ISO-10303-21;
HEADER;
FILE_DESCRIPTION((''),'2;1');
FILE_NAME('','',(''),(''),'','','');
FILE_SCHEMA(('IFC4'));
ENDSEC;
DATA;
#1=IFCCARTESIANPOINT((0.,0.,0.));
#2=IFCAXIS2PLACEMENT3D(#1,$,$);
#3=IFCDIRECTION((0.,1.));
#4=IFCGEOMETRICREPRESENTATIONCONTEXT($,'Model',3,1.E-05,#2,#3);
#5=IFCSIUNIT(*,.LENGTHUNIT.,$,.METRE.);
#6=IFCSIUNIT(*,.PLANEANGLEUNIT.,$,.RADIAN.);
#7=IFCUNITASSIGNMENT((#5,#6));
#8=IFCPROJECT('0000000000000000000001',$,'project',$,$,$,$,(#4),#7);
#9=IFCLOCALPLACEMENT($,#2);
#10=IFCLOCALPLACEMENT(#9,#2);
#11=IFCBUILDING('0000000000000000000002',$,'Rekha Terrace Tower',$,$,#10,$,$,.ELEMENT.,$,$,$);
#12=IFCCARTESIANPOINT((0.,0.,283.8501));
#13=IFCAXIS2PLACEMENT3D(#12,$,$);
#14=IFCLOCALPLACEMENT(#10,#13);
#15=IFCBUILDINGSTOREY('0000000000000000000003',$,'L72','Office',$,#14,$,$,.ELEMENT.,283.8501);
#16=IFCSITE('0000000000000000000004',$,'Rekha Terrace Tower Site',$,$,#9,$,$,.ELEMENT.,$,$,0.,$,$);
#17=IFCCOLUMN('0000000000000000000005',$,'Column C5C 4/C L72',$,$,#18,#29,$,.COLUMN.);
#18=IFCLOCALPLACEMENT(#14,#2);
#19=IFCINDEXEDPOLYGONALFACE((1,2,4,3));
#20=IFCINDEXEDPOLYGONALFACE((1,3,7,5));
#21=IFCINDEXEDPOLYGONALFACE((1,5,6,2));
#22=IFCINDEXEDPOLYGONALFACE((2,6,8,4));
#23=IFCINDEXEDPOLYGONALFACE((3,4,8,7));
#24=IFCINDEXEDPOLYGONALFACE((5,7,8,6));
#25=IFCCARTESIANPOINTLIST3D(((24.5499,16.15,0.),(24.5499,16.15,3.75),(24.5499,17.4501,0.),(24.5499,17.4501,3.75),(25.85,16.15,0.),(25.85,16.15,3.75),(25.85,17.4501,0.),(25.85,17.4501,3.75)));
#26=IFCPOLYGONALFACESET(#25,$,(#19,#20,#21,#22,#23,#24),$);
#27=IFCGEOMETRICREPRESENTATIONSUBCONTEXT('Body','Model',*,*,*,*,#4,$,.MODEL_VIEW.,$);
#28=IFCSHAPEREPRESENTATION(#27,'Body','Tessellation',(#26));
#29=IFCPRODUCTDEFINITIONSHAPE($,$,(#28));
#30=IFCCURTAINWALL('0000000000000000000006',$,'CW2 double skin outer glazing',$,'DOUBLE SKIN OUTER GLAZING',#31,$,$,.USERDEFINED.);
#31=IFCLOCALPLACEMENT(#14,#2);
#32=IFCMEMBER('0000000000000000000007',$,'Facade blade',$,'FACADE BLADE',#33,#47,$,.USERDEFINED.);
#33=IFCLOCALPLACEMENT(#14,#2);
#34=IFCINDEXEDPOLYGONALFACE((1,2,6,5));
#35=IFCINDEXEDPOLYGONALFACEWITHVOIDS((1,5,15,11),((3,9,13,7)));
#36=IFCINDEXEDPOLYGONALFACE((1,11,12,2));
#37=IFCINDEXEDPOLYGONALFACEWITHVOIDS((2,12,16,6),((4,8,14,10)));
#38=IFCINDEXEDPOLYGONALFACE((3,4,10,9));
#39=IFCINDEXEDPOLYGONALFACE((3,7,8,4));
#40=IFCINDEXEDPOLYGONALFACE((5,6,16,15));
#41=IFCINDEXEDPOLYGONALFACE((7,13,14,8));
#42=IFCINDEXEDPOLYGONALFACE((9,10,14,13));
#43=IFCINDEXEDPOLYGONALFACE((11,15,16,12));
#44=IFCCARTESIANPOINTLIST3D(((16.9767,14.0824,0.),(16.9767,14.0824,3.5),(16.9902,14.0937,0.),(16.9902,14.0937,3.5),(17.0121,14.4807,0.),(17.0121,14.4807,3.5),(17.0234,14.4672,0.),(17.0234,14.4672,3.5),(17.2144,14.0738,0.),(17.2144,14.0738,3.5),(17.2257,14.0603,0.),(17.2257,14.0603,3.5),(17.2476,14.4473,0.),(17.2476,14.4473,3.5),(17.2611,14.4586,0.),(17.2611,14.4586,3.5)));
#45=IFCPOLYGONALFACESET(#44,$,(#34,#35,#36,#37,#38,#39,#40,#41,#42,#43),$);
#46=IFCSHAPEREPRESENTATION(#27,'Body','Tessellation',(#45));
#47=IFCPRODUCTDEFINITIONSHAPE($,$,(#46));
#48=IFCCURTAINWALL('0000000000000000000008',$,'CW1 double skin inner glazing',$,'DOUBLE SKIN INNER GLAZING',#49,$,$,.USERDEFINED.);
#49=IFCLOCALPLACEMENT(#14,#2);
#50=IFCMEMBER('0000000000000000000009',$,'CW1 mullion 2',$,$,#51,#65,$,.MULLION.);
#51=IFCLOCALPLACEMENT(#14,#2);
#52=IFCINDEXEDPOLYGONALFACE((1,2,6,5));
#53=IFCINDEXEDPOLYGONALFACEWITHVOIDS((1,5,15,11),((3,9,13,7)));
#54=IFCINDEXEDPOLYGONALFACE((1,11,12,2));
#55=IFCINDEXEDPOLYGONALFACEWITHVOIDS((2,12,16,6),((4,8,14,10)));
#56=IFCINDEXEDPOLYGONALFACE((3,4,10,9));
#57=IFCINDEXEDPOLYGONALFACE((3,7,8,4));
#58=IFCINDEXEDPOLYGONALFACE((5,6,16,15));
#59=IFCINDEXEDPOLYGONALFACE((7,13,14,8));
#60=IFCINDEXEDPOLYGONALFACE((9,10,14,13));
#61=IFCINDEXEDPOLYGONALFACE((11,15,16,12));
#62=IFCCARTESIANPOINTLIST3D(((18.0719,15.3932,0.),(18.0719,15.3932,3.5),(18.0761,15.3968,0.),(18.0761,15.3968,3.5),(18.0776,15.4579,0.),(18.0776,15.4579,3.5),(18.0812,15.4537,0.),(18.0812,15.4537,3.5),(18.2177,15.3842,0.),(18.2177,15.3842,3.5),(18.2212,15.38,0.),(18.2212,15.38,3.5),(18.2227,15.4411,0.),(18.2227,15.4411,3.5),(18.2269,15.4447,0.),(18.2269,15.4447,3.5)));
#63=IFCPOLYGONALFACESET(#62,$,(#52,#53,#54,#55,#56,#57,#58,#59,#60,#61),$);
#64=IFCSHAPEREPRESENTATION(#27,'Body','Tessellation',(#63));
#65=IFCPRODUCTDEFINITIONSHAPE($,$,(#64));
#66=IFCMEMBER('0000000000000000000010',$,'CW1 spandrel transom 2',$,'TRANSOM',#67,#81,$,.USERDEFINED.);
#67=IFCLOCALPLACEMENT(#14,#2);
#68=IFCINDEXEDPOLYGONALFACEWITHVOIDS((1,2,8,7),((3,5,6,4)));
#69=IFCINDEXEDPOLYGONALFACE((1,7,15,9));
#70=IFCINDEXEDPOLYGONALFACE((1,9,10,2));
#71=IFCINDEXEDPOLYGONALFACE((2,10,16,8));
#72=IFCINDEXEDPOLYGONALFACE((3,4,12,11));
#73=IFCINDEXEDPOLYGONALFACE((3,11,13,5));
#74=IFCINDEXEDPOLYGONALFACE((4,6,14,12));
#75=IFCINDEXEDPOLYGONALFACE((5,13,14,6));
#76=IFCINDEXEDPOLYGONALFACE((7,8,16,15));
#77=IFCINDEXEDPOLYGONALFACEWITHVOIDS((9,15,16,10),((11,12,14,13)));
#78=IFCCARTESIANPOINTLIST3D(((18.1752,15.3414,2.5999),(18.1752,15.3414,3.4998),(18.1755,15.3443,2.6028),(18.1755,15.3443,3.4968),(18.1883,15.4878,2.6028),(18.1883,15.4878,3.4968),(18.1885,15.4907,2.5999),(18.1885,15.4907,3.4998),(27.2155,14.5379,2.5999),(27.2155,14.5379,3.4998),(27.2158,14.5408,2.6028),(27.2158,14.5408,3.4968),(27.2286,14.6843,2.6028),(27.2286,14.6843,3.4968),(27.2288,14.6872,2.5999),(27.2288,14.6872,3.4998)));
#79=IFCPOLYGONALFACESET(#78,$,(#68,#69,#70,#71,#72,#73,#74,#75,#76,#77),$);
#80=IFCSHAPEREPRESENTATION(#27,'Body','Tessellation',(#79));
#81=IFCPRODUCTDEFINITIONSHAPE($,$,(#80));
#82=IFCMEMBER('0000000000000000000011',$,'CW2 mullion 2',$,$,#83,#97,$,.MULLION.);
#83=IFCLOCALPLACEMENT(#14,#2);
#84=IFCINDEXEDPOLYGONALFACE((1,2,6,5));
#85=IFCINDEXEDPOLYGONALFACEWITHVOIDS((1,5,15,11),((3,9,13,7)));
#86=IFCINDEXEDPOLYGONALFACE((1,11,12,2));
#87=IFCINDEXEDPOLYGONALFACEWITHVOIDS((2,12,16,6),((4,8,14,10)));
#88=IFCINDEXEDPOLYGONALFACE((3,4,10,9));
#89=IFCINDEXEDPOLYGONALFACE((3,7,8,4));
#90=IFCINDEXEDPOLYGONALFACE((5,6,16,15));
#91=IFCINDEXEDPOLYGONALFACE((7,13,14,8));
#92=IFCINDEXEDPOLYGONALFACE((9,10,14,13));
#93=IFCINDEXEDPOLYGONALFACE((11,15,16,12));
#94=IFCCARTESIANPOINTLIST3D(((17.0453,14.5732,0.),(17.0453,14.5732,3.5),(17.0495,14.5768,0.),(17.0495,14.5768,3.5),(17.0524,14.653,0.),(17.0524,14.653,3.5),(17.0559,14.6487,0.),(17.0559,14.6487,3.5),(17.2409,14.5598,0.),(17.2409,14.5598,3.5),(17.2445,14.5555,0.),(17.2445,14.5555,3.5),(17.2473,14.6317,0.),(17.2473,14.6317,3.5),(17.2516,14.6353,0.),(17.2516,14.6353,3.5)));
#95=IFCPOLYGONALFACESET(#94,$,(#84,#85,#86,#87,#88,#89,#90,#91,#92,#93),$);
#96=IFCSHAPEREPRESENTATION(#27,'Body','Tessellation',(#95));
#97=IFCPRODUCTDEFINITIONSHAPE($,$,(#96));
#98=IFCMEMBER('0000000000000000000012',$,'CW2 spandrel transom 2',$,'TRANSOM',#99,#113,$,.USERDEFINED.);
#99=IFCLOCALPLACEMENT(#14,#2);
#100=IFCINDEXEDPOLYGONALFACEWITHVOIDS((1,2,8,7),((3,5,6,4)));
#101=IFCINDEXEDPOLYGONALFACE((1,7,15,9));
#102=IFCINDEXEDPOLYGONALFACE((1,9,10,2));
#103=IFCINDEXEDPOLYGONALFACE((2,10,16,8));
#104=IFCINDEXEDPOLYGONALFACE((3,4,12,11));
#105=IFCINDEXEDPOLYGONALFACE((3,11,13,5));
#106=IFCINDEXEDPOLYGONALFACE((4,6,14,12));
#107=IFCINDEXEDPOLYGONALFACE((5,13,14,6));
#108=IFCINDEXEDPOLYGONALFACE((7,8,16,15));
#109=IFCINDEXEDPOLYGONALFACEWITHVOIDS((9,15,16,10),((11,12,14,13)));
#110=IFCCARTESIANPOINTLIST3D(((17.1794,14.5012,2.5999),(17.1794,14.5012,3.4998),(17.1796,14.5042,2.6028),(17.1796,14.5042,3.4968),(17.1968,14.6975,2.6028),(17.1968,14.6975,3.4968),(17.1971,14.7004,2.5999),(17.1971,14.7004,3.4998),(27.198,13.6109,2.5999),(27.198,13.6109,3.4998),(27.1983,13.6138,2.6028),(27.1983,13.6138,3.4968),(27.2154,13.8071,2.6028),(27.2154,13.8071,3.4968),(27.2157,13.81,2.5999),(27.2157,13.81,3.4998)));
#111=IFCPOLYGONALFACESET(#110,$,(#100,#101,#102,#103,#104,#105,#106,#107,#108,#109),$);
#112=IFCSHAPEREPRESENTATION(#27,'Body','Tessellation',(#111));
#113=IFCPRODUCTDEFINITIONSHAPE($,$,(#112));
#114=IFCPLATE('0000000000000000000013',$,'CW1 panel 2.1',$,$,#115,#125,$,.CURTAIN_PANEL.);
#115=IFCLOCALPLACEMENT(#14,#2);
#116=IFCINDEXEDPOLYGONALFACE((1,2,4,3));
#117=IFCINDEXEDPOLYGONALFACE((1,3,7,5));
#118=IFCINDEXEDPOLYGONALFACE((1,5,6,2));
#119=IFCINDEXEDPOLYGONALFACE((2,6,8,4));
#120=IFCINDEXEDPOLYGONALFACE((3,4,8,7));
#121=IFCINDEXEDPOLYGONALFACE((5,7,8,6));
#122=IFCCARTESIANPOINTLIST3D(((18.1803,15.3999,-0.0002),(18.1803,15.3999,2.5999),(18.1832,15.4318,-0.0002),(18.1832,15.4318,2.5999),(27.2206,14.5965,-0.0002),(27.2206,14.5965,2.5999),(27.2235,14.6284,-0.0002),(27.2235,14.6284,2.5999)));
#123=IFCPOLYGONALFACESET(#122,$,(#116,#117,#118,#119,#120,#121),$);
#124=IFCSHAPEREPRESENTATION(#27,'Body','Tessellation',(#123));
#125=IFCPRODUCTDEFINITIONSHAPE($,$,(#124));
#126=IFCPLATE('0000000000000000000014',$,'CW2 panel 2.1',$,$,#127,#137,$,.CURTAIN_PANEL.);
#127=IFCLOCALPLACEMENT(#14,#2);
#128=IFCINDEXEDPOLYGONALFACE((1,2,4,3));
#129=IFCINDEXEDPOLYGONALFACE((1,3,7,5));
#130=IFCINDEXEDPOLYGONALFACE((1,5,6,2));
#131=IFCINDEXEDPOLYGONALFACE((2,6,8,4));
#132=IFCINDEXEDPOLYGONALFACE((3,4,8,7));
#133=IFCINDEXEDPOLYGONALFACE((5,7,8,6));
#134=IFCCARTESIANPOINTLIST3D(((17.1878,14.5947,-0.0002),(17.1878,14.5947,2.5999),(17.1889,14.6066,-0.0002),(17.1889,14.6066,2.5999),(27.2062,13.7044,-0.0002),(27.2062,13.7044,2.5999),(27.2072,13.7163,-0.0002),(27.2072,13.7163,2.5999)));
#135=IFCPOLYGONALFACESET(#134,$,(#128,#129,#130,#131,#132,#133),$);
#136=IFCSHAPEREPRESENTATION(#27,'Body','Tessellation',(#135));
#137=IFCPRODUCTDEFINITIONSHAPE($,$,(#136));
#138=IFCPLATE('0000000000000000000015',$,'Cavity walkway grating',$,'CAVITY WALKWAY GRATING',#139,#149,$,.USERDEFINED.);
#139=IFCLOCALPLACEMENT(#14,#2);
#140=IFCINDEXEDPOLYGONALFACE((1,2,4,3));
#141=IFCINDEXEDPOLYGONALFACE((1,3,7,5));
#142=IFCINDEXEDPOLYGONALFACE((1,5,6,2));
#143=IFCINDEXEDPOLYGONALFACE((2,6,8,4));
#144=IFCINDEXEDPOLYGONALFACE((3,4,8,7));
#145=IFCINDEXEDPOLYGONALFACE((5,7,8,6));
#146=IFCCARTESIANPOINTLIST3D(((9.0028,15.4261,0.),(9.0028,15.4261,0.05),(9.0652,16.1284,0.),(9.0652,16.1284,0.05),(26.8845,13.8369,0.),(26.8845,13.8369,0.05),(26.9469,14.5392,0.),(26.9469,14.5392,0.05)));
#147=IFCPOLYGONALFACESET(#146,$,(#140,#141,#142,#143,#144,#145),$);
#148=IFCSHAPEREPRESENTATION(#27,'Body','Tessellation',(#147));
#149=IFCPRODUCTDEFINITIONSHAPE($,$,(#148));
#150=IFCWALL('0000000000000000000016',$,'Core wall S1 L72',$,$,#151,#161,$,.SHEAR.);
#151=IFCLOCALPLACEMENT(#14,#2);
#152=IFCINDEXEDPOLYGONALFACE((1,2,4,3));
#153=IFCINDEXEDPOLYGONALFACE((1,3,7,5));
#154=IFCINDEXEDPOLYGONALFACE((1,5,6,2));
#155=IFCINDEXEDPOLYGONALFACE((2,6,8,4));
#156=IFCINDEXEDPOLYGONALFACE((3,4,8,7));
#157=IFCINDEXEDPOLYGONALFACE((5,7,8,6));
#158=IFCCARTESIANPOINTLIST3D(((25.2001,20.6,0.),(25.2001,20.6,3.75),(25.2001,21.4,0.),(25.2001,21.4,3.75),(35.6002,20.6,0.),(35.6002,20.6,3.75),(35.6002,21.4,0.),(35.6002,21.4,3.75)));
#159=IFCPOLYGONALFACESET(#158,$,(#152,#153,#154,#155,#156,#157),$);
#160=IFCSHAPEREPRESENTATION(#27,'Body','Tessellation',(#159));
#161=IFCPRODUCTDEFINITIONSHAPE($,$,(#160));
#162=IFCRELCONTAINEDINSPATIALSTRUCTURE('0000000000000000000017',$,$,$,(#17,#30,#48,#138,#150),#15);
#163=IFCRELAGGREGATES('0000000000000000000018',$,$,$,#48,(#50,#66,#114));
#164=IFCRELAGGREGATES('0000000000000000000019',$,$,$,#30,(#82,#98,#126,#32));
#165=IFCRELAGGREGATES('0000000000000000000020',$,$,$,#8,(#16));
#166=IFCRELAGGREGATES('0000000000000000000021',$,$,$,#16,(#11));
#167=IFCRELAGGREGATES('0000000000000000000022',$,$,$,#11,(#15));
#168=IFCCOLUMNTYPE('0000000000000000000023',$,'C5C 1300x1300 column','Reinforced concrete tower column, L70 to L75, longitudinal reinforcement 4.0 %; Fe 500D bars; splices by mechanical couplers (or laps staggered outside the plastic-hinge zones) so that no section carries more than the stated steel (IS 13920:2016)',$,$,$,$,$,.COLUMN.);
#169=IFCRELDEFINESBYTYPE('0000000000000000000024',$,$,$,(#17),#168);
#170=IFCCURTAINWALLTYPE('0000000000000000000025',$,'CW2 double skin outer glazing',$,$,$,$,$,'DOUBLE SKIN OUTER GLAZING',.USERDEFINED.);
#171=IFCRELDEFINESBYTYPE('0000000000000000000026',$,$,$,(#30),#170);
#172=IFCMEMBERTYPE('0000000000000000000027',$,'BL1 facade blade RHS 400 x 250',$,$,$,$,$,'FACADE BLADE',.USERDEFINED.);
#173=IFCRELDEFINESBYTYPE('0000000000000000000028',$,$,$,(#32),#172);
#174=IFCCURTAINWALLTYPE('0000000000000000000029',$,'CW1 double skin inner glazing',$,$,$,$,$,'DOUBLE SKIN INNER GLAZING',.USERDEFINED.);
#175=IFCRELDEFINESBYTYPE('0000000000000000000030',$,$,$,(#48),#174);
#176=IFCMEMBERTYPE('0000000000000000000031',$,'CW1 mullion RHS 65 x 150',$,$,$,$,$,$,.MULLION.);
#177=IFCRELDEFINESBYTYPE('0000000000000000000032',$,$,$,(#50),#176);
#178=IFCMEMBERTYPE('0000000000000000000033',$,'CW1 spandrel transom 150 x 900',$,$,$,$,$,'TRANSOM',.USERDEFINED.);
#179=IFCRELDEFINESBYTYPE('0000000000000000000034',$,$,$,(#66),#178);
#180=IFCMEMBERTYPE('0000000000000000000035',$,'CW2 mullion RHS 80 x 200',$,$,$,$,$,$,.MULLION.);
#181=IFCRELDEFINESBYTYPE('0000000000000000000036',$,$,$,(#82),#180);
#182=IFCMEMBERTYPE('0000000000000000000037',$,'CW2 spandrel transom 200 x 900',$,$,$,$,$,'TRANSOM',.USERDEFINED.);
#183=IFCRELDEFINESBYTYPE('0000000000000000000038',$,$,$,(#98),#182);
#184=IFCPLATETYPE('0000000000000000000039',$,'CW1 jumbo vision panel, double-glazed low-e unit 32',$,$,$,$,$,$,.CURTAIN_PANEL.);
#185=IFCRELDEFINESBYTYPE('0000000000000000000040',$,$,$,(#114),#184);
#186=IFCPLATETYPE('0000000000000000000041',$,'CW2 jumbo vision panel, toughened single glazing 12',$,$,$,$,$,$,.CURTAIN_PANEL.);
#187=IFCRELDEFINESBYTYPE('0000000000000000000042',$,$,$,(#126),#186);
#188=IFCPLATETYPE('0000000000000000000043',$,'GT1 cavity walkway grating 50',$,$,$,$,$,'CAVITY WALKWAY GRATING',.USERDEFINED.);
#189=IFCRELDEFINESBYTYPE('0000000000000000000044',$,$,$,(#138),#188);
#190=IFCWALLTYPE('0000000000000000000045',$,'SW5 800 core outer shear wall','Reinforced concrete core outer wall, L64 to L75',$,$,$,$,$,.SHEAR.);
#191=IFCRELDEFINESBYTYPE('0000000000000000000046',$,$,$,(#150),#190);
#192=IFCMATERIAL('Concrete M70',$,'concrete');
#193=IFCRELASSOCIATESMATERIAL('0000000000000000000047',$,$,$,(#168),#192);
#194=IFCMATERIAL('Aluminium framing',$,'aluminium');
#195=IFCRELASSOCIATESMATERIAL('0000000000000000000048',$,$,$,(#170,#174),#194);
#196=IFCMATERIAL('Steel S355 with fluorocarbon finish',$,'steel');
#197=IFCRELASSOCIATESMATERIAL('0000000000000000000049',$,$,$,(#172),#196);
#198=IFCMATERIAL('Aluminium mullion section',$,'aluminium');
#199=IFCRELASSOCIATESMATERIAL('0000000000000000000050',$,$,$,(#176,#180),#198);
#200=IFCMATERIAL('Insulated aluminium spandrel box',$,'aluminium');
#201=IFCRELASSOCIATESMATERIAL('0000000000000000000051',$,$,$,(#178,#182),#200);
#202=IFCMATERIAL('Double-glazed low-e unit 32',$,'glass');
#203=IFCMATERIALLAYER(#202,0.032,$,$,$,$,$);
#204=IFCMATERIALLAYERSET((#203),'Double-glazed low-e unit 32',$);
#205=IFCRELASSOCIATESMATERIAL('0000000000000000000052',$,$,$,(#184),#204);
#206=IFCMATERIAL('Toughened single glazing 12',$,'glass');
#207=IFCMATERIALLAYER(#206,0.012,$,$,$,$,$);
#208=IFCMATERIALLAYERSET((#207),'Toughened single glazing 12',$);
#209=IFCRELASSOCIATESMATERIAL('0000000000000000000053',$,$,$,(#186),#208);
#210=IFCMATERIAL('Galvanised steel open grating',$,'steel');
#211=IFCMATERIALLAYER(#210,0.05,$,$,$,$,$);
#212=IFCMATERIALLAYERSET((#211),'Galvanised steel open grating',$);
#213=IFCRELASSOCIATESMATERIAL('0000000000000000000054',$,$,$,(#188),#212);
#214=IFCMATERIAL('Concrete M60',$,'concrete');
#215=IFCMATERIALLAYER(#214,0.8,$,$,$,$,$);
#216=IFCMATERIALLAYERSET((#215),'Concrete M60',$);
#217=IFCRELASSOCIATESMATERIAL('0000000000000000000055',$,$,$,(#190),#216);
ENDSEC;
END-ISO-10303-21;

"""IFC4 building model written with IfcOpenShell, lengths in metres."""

from ifc_helpers import new_model, si_unit, direction, frame, frame_2d, origin, origin_2d, place, context, subcontext, project, spatial, rectangle, hollow_rectangle, extrude, material, layer, layer_set, material_profile, profile_set, type_object, element, aggregate, save


model = new_model("IFC4")

# Units and contexts
model_context = context("Model", 3, precision=1e-05, world=origin(), true_north=direction((0.0, 1.0)))
body_context = subcontext(model_context, "Body", "Model", "MODEL_VIEW")
ifc_project = project(units=[si_unit("LENGTHUNIT", "METRE"), si_unit("PLANEANGLEUNIT", "RADIAN")], contexts=[model_context])

# Site, building, storey
site_placement = place(None, origin())
site = spatial("IfcSite", under=ifc_project, at=site_placement, Name="Rekha Terrace Tower Site", CompositionType="ELEMENT", RefElevation=0.0)
building_placement = place(site_placement, origin())
building = spatial("IfcBuilding", under=site, at=building_placement, Name="Rekha Terrace Tower", CompositionType="ELEMENT")
storey_placement = place(building_placement, frame((0.0, 0.0, 283.8501)))
storey = spatial("IfcBuildingStorey", under=building, at=storey_placement, Name="L72", Description="Office", CompositionType="ELEMENT", Elevation=283.8501)

# Column
ifc_material_1 = material(Name="Concrete M70", Category="concrete")
ifc_material_profile_1 = material_profile(ifc_material_1, rectangle(XDim=1.3, YDim=1.3, at=origin_2d()), Name="RC 1300x1300")
ifc_profile_set_1 = profile_set([ifc_material_profile_1], Name="Concrete M70")
column_type = type_object("IfcColumnType", Name="C5C 1300x1300 column", Description="Reinforced concrete tower column, L70 to L75, longitudinal reinforcement 4.0 %; Fe 500D bars; splices by mechanical couplers (or laps staggered outside the plastic-hinge zones) so that no section carries more than the stated steel (IS 13920:2016)", PredefinedType="COLUMN", material=ifc_profile_set_1)
column_placement = place(storey_placement, frame((25.2, 16.8, 0.0), z_axis=(0.0, 0.0, 1.0), x_axis=(1.0, 0.0, 0.0)))
element("IfcColumn", 1, at=column_placement, inside=storey, type_object=column_type, Name="Column C5C 4/C L72", PredefinedType="COLUMN", context=body_context, shape_type="SweptSolid", body=[
    extrude(rectangle(XDim=1.3, YDim=1.3, at=origin_2d()), origin(), (0.0, 0.0, 1.0), 3.75),
])

# Curtain wall, member
ifc_material_2 = material(Name="Aluminium framing", Category="aluminium")
curtain_wall_type_1 = type_object("IfcCurtainWallType", Name="CW2 double skin outer glazing", ElementType="DOUBLE SKIN OUTER GLAZING", PredefinedType="USERDEFINED", material=ifc_material_2)
curtain_wall_1_placement = place(storey_placement, origin())
curtain_wall_1 = element("IfcCurtainWall", 2, at=curtain_wall_1_placement, inside=storey, type_object=curtain_wall_type_1, Name="CW2 double skin outer glazing", ObjectType="DOUBLE SKIN OUTER GLAZING", PredefinedType="USERDEFINED")
ifc_material_3 = material(Name="Steel S355 with fluorocarbon finish", Category="steel")
ifc_material_profile_2 = material_profile(ifc_material_3, hollow_rectangle(XDim=0.25, YDim=0.3999, WallThickness=0.0125, at=origin_2d()), Name="RHS400x250x12.5")
ifc_profile_set_2 = profile_set([ifc_material_profile_2], Name="Steel S355 with fluorocarbon finish")
member_type_1 = type_object("IfcMemberType", Name="BL1 facade blade RHS 400 x 250", ElementType="FACADE BLADE", PredefinedType="USERDEFINED", material=ifc_profile_set_2)
member_1_placement = place(storey_placement, frame((17.1189, 14.2705, 0.0), z_axis=(0.0, 0.0, 1.0), x_axis=(0.996074, -0.088522, 0.0)))
member_1 = element("IfcMember", 3, at=member_1_placement, type_object=member_type_1, Name="Facade blade", ObjectType="FACADE BLADE", PredefinedType="USERDEFINED", context=body_context, shape_type="SweptSolid", body=[
    extrude(hollow_rectangle(XDim=0.25, YDim=0.3999, WallThickness=0.0125, at=origin_2d()), origin(), (0.0, 0.0, 1.0), 3.5),
])

# Curtain wall, members
curtain_wall_type_2 = type_object("IfcCurtainWallType", Name="CW1 double skin inner glazing", ElementType="DOUBLE SKIN INNER GLAZING", PredefinedType="USERDEFINED", material=ifc_material_2)
curtain_wall_2_placement = place(storey_placement, origin())
curtain_wall_2 = element("IfcCurtainWall", 4, at=curtain_wall_2_placement, inside=storey, type_object=curtain_wall_type_2, Name="CW1 double skin inner glazing", ObjectType="DOUBLE SKIN INNER GLAZING", PredefinedType="USERDEFINED")
ifc_material_4 = material(Name="Aluminium mullion section", Category="aluminium")
ifc_material_profile_3 = material_profile(ifc_material_4, hollow_rectangle(XDim=0.0649, YDim=0.1499, WallThickness=0.0039, at=origin_2d()), Name="AL RHS 65x150")
ifc_profile_set_3 = profile_set([ifc_material_profile_3], Name="Aluminium mullion section")
member_type_2 = type_object("IfcMemberType", Name="CW1 mullion RHS 65 x 150", PredefinedType="MULLION", material=ifc_profile_set_3)
member_2_placement = place(storey_placement, frame((18.1494, 15.4189, 0.0), z_axis=(0.0, 0.0, 1.0), x_axis=(0.088522, 0.996074, 0.0)))
member_2 = element("IfcMember", 5, at=member_2_placement, type_object=member_type_2, Name="CW1 mullion 2", PredefinedType="MULLION", context=body_context, shape_type="SweptSolid", body=[
    extrude(hollow_rectangle(XDim=0.0649, YDim=0.1499, WallThickness=0.0039, at=origin_2d()), origin(), (0.0, 0.0, 1.0), 3.5),
])
ifc_material_5 = material(Name="Insulated aluminium spandrel box", Category="aluminium")
ifc_material_profile_4 = material_profile(ifc_material_5, hollow_rectangle(XDim=0.1499, YDim=0.8999, WallThickness=0.0029, at=origin_2d()), Name="AL SPANDREL BOX 150x900")
ifc_profile_set_4 = profile_set([ifc_material_profile_4], Name="Insulated aluminium spandrel box")
member_type_3 = type_object("IfcMemberType", Name="CW1 spandrel transom 150 x 900", ElementType="TRANSOM", PredefinedType="USERDEFINED", material=ifc_profile_set_4)
member_3_placement = place(storey_placement, frame((18.1819, 15.416, 3.0498), z_axis=(0.996074, -0.088527, 0.0), x_axis=(0.088527, 0.996074, 0.0)))
member_3 = element("IfcMember", 6, at=member_3_placement, type_object=member_type_3, Name="CW1 spandrel transom 2", ObjectType="TRANSOM", PredefinedType="USERDEFINED", context=body_context, shape_type="SweptSolid", body=[
    extrude(hollow_rectangle(XDim=0.1499, YDim=0.8999, WallThickness=0.0029, at=origin_2d()), origin(), (0.0, 0.0, 1.0), 9.0759),
])

# Members
ifc_material_profile_5 = material_profile(ifc_material_4, hollow_rectangle(XDim=0.0801, YDim=0.2, WallThickness=0.0039, at=origin_2d()), Name="AL RHS 80x200")
ifc_profile_set_5 = profile_set([ifc_material_profile_5], Name="Aluminium mullion section")
member_type_4 = type_object("IfcMemberType", Name="CW2 mullion RHS 80 x 200", PredefinedType="MULLION", material=ifc_profile_set_5)
member_4_placement = place(storey_placement, frame((17.1484, 14.6042, 0.0), z_axis=(0.0, 0.0, 1.0), x_axis=(0.088522, 0.996074, 0.0)))
member_4 = element("IfcMember", 7, at=member_4_placement, type_object=member_type_4, Name="CW2 mullion 2", PredefinedType="MULLION", context=body_context, shape_type="SweptSolid", body=[
    extrude(hollow_rectangle(XDim=0.0801, YDim=0.2, WallThickness=0.0039, at=origin_2d()), origin(), (0.0, 0.0, 1.0), 3.5),
])
ifc_material_profile_6 = material_profile(ifc_material_5, hollow_rectangle(XDim=0.2, YDim=0.8999, WallThickness=0.0029, at=origin_2d()), Name="AL SPANDREL BOX 200x900")
ifc_profile_set_6 = profile_set([ifc_material_profile_6], Name="Insulated aluminium spandrel box")
member_type_5 = type_object("IfcMemberType", Name="CW2 spandrel transom 200 x 900", ElementType="TRANSOM", PredefinedType="USERDEFINED", material=ifc_profile_set_6)
member_5_placement = place(storey_placement, frame((17.1882, 14.6008, 3.0498), z_axis=(0.996074, -0.088524, 0.0), x_axis=(0.088524, 0.996074, 0.0)))
member_5 = element("IfcMember", 8, at=member_5_placement, type_object=member_type_5, Name="CW2 spandrel transom 2", ObjectType="TRANSOM", PredefinedType="USERDEFINED", context=body_context, shape_type="SweptSolid", body=[
    extrude(hollow_rectangle(XDim=0.2, YDim=0.8999, WallThickness=0.0029, at=origin_2d()), origin(), (0.0, 0.0, 1.0), 10.0581),
])

# Plates
ifc_material_6 = material(Name="Double-glazed low-e unit 32", Category="glass")
ifc_layer_1 = layer(ifc_material_6, 0.032)
ifc_layer_set_1 = layer_set([ifc_layer_1], Name="Double-glazed low-e unit 32")
plate_type_1 = type_object("IfcPlateType", Name="CW1 jumbo vision panel, double-glazed low-e unit 32", PredefinedType="CURTAIN_PANEL", material=ifc_layer_set_1)
plate_1_placement = place(storey_placement, frame((22.7019, 15.0142, -0.0002), z_axis=(0.0, 0.0, 1.0), x_axis=(0.996074, -0.088522, 0.0)))
plate_1 = element("IfcPlate", 9, at=plate_1_placement, type_object=plate_type_1, Name="CW1 panel 2.1", PredefinedType="CURTAIN_PANEL", context=body_context, shape_type="SweptSolid", body=[
    extrude(rectangle(XDim=9.0759, YDim=0.032, at=origin_2d()), origin(), (0.0, 0.0, 1.0), 2.6001),
])
aggregate(curtain_wall_2, [member_2, member_3, plate_1])
ifc_material_7 = material(Name="Toughened single glazing 12", Category="glass")
ifc_layer_2 = layer(ifc_material_7, 0.012)
ifc_layer_set_2 = layer_set([ifc_layer_2], Name="Toughened single glazing 12")
plate_type_2 = type_object("IfcPlateType", Name="CW2 jumbo vision panel, toughened single glazing 12", PredefinedType="CURTAIN_PANEL", material=ifc_layer_set_2)
plate_2_placement = place(storey_placement, frame((22.1975, 14.1555, -0.0002), z_axis=(0.0, 0.0, 1.0), x_axis=(0.996074, -0.088522, 0.0)))
plate_2 = element("IfcPlate", 10, at=plate_2_placement, type_object=plate_type_2, Name="CW2 panel 2.1", PredefinedType="CURTAIN_PANEL", context=body_context, shape_type="SweptSolid", body=[
    extrude(rectangle(XDim=10.0579, YDim=0.012, at=origin_2d()), origin(), (0.0, 0.0, 1.0), 2.6001),
])
aggregate(curtain_wall_1, [member_4, member_5, plate_2, member_1])
ifc_material_8 = material(Name="Galvanised steel open grating", Category="steel")
ifc_layer_3 = layer(ifc_material_8, 0.05)
ifc_layer_set_3 = layer_set([ifc_layer_3], Name="Galvanised steel open grating")
plate_type_3 = type_object("IfcPlateType", Name="GT1 cavity walkway grating 50", ElementType="CAVITY WALKWAY GRATING", PredefinedType="USERDEFINED", material=ifc_layer_set_3)
plate_3_placement = place(storey_placement, frame((17.9749, 14.9827, 0.0), z_axis=(0.0, 0.0, 1.0), x_axis=(0.996074, -0.088522, 0.0)))
element("IfcPlate", 11, at=plate_3_placement, inside=storey, type_object=plate_type_3, Name="Cavity walkway grating", ObjectType="CAVITY WALKWAY GRATING", PredefinedType="USERDEFINED", context=body_context, shape_type="SweptSolid", body=[
    extrude(rectangle(XDim=17.9521, YDim=0.7051, at=origin_2d()), origin(), (0.0, 0.0, 1.0), 0.05),
])

# Wall
ifc_material_9 = material(Name="Concrete M60", Category="concrete")
ifc_layer_4 = layer(ifc_material_9, 0.8)
ifc_layer_set_4 = layer_set([ifc_layer_4], Name="Concrete M60")
wall_type_1 = type_object("IfcWallType", Name="SW5 800 core outer shear wall", Description="Reinforced concrete core outer wall, L64 to L75", PredefinedType="SHEAR", material=ifc_layer_set_4)
wall_1_placement = place(storey_placement, frame((25.2, 21.0, 0.0), z_axis=(0.0, 0.0, 1.0), x_axis=(1.0, 0.0, 0.0)))
element("IfcWall", 12, at=wall_1_placement, inside=storey, type_object=wall_type_1, Name="Core wall S1 L72", PredefinedType="SHEAR", context=body_context, shape_type="SweptSolid", body=[
    extrude(rectangle(XDim=10.4001, YDim=0.8, at=frame_2d((5.2002, 0.0))), origin(), (0.0, 0.0, 1.0), 3.75),
])

save(model, "model.ifc")
